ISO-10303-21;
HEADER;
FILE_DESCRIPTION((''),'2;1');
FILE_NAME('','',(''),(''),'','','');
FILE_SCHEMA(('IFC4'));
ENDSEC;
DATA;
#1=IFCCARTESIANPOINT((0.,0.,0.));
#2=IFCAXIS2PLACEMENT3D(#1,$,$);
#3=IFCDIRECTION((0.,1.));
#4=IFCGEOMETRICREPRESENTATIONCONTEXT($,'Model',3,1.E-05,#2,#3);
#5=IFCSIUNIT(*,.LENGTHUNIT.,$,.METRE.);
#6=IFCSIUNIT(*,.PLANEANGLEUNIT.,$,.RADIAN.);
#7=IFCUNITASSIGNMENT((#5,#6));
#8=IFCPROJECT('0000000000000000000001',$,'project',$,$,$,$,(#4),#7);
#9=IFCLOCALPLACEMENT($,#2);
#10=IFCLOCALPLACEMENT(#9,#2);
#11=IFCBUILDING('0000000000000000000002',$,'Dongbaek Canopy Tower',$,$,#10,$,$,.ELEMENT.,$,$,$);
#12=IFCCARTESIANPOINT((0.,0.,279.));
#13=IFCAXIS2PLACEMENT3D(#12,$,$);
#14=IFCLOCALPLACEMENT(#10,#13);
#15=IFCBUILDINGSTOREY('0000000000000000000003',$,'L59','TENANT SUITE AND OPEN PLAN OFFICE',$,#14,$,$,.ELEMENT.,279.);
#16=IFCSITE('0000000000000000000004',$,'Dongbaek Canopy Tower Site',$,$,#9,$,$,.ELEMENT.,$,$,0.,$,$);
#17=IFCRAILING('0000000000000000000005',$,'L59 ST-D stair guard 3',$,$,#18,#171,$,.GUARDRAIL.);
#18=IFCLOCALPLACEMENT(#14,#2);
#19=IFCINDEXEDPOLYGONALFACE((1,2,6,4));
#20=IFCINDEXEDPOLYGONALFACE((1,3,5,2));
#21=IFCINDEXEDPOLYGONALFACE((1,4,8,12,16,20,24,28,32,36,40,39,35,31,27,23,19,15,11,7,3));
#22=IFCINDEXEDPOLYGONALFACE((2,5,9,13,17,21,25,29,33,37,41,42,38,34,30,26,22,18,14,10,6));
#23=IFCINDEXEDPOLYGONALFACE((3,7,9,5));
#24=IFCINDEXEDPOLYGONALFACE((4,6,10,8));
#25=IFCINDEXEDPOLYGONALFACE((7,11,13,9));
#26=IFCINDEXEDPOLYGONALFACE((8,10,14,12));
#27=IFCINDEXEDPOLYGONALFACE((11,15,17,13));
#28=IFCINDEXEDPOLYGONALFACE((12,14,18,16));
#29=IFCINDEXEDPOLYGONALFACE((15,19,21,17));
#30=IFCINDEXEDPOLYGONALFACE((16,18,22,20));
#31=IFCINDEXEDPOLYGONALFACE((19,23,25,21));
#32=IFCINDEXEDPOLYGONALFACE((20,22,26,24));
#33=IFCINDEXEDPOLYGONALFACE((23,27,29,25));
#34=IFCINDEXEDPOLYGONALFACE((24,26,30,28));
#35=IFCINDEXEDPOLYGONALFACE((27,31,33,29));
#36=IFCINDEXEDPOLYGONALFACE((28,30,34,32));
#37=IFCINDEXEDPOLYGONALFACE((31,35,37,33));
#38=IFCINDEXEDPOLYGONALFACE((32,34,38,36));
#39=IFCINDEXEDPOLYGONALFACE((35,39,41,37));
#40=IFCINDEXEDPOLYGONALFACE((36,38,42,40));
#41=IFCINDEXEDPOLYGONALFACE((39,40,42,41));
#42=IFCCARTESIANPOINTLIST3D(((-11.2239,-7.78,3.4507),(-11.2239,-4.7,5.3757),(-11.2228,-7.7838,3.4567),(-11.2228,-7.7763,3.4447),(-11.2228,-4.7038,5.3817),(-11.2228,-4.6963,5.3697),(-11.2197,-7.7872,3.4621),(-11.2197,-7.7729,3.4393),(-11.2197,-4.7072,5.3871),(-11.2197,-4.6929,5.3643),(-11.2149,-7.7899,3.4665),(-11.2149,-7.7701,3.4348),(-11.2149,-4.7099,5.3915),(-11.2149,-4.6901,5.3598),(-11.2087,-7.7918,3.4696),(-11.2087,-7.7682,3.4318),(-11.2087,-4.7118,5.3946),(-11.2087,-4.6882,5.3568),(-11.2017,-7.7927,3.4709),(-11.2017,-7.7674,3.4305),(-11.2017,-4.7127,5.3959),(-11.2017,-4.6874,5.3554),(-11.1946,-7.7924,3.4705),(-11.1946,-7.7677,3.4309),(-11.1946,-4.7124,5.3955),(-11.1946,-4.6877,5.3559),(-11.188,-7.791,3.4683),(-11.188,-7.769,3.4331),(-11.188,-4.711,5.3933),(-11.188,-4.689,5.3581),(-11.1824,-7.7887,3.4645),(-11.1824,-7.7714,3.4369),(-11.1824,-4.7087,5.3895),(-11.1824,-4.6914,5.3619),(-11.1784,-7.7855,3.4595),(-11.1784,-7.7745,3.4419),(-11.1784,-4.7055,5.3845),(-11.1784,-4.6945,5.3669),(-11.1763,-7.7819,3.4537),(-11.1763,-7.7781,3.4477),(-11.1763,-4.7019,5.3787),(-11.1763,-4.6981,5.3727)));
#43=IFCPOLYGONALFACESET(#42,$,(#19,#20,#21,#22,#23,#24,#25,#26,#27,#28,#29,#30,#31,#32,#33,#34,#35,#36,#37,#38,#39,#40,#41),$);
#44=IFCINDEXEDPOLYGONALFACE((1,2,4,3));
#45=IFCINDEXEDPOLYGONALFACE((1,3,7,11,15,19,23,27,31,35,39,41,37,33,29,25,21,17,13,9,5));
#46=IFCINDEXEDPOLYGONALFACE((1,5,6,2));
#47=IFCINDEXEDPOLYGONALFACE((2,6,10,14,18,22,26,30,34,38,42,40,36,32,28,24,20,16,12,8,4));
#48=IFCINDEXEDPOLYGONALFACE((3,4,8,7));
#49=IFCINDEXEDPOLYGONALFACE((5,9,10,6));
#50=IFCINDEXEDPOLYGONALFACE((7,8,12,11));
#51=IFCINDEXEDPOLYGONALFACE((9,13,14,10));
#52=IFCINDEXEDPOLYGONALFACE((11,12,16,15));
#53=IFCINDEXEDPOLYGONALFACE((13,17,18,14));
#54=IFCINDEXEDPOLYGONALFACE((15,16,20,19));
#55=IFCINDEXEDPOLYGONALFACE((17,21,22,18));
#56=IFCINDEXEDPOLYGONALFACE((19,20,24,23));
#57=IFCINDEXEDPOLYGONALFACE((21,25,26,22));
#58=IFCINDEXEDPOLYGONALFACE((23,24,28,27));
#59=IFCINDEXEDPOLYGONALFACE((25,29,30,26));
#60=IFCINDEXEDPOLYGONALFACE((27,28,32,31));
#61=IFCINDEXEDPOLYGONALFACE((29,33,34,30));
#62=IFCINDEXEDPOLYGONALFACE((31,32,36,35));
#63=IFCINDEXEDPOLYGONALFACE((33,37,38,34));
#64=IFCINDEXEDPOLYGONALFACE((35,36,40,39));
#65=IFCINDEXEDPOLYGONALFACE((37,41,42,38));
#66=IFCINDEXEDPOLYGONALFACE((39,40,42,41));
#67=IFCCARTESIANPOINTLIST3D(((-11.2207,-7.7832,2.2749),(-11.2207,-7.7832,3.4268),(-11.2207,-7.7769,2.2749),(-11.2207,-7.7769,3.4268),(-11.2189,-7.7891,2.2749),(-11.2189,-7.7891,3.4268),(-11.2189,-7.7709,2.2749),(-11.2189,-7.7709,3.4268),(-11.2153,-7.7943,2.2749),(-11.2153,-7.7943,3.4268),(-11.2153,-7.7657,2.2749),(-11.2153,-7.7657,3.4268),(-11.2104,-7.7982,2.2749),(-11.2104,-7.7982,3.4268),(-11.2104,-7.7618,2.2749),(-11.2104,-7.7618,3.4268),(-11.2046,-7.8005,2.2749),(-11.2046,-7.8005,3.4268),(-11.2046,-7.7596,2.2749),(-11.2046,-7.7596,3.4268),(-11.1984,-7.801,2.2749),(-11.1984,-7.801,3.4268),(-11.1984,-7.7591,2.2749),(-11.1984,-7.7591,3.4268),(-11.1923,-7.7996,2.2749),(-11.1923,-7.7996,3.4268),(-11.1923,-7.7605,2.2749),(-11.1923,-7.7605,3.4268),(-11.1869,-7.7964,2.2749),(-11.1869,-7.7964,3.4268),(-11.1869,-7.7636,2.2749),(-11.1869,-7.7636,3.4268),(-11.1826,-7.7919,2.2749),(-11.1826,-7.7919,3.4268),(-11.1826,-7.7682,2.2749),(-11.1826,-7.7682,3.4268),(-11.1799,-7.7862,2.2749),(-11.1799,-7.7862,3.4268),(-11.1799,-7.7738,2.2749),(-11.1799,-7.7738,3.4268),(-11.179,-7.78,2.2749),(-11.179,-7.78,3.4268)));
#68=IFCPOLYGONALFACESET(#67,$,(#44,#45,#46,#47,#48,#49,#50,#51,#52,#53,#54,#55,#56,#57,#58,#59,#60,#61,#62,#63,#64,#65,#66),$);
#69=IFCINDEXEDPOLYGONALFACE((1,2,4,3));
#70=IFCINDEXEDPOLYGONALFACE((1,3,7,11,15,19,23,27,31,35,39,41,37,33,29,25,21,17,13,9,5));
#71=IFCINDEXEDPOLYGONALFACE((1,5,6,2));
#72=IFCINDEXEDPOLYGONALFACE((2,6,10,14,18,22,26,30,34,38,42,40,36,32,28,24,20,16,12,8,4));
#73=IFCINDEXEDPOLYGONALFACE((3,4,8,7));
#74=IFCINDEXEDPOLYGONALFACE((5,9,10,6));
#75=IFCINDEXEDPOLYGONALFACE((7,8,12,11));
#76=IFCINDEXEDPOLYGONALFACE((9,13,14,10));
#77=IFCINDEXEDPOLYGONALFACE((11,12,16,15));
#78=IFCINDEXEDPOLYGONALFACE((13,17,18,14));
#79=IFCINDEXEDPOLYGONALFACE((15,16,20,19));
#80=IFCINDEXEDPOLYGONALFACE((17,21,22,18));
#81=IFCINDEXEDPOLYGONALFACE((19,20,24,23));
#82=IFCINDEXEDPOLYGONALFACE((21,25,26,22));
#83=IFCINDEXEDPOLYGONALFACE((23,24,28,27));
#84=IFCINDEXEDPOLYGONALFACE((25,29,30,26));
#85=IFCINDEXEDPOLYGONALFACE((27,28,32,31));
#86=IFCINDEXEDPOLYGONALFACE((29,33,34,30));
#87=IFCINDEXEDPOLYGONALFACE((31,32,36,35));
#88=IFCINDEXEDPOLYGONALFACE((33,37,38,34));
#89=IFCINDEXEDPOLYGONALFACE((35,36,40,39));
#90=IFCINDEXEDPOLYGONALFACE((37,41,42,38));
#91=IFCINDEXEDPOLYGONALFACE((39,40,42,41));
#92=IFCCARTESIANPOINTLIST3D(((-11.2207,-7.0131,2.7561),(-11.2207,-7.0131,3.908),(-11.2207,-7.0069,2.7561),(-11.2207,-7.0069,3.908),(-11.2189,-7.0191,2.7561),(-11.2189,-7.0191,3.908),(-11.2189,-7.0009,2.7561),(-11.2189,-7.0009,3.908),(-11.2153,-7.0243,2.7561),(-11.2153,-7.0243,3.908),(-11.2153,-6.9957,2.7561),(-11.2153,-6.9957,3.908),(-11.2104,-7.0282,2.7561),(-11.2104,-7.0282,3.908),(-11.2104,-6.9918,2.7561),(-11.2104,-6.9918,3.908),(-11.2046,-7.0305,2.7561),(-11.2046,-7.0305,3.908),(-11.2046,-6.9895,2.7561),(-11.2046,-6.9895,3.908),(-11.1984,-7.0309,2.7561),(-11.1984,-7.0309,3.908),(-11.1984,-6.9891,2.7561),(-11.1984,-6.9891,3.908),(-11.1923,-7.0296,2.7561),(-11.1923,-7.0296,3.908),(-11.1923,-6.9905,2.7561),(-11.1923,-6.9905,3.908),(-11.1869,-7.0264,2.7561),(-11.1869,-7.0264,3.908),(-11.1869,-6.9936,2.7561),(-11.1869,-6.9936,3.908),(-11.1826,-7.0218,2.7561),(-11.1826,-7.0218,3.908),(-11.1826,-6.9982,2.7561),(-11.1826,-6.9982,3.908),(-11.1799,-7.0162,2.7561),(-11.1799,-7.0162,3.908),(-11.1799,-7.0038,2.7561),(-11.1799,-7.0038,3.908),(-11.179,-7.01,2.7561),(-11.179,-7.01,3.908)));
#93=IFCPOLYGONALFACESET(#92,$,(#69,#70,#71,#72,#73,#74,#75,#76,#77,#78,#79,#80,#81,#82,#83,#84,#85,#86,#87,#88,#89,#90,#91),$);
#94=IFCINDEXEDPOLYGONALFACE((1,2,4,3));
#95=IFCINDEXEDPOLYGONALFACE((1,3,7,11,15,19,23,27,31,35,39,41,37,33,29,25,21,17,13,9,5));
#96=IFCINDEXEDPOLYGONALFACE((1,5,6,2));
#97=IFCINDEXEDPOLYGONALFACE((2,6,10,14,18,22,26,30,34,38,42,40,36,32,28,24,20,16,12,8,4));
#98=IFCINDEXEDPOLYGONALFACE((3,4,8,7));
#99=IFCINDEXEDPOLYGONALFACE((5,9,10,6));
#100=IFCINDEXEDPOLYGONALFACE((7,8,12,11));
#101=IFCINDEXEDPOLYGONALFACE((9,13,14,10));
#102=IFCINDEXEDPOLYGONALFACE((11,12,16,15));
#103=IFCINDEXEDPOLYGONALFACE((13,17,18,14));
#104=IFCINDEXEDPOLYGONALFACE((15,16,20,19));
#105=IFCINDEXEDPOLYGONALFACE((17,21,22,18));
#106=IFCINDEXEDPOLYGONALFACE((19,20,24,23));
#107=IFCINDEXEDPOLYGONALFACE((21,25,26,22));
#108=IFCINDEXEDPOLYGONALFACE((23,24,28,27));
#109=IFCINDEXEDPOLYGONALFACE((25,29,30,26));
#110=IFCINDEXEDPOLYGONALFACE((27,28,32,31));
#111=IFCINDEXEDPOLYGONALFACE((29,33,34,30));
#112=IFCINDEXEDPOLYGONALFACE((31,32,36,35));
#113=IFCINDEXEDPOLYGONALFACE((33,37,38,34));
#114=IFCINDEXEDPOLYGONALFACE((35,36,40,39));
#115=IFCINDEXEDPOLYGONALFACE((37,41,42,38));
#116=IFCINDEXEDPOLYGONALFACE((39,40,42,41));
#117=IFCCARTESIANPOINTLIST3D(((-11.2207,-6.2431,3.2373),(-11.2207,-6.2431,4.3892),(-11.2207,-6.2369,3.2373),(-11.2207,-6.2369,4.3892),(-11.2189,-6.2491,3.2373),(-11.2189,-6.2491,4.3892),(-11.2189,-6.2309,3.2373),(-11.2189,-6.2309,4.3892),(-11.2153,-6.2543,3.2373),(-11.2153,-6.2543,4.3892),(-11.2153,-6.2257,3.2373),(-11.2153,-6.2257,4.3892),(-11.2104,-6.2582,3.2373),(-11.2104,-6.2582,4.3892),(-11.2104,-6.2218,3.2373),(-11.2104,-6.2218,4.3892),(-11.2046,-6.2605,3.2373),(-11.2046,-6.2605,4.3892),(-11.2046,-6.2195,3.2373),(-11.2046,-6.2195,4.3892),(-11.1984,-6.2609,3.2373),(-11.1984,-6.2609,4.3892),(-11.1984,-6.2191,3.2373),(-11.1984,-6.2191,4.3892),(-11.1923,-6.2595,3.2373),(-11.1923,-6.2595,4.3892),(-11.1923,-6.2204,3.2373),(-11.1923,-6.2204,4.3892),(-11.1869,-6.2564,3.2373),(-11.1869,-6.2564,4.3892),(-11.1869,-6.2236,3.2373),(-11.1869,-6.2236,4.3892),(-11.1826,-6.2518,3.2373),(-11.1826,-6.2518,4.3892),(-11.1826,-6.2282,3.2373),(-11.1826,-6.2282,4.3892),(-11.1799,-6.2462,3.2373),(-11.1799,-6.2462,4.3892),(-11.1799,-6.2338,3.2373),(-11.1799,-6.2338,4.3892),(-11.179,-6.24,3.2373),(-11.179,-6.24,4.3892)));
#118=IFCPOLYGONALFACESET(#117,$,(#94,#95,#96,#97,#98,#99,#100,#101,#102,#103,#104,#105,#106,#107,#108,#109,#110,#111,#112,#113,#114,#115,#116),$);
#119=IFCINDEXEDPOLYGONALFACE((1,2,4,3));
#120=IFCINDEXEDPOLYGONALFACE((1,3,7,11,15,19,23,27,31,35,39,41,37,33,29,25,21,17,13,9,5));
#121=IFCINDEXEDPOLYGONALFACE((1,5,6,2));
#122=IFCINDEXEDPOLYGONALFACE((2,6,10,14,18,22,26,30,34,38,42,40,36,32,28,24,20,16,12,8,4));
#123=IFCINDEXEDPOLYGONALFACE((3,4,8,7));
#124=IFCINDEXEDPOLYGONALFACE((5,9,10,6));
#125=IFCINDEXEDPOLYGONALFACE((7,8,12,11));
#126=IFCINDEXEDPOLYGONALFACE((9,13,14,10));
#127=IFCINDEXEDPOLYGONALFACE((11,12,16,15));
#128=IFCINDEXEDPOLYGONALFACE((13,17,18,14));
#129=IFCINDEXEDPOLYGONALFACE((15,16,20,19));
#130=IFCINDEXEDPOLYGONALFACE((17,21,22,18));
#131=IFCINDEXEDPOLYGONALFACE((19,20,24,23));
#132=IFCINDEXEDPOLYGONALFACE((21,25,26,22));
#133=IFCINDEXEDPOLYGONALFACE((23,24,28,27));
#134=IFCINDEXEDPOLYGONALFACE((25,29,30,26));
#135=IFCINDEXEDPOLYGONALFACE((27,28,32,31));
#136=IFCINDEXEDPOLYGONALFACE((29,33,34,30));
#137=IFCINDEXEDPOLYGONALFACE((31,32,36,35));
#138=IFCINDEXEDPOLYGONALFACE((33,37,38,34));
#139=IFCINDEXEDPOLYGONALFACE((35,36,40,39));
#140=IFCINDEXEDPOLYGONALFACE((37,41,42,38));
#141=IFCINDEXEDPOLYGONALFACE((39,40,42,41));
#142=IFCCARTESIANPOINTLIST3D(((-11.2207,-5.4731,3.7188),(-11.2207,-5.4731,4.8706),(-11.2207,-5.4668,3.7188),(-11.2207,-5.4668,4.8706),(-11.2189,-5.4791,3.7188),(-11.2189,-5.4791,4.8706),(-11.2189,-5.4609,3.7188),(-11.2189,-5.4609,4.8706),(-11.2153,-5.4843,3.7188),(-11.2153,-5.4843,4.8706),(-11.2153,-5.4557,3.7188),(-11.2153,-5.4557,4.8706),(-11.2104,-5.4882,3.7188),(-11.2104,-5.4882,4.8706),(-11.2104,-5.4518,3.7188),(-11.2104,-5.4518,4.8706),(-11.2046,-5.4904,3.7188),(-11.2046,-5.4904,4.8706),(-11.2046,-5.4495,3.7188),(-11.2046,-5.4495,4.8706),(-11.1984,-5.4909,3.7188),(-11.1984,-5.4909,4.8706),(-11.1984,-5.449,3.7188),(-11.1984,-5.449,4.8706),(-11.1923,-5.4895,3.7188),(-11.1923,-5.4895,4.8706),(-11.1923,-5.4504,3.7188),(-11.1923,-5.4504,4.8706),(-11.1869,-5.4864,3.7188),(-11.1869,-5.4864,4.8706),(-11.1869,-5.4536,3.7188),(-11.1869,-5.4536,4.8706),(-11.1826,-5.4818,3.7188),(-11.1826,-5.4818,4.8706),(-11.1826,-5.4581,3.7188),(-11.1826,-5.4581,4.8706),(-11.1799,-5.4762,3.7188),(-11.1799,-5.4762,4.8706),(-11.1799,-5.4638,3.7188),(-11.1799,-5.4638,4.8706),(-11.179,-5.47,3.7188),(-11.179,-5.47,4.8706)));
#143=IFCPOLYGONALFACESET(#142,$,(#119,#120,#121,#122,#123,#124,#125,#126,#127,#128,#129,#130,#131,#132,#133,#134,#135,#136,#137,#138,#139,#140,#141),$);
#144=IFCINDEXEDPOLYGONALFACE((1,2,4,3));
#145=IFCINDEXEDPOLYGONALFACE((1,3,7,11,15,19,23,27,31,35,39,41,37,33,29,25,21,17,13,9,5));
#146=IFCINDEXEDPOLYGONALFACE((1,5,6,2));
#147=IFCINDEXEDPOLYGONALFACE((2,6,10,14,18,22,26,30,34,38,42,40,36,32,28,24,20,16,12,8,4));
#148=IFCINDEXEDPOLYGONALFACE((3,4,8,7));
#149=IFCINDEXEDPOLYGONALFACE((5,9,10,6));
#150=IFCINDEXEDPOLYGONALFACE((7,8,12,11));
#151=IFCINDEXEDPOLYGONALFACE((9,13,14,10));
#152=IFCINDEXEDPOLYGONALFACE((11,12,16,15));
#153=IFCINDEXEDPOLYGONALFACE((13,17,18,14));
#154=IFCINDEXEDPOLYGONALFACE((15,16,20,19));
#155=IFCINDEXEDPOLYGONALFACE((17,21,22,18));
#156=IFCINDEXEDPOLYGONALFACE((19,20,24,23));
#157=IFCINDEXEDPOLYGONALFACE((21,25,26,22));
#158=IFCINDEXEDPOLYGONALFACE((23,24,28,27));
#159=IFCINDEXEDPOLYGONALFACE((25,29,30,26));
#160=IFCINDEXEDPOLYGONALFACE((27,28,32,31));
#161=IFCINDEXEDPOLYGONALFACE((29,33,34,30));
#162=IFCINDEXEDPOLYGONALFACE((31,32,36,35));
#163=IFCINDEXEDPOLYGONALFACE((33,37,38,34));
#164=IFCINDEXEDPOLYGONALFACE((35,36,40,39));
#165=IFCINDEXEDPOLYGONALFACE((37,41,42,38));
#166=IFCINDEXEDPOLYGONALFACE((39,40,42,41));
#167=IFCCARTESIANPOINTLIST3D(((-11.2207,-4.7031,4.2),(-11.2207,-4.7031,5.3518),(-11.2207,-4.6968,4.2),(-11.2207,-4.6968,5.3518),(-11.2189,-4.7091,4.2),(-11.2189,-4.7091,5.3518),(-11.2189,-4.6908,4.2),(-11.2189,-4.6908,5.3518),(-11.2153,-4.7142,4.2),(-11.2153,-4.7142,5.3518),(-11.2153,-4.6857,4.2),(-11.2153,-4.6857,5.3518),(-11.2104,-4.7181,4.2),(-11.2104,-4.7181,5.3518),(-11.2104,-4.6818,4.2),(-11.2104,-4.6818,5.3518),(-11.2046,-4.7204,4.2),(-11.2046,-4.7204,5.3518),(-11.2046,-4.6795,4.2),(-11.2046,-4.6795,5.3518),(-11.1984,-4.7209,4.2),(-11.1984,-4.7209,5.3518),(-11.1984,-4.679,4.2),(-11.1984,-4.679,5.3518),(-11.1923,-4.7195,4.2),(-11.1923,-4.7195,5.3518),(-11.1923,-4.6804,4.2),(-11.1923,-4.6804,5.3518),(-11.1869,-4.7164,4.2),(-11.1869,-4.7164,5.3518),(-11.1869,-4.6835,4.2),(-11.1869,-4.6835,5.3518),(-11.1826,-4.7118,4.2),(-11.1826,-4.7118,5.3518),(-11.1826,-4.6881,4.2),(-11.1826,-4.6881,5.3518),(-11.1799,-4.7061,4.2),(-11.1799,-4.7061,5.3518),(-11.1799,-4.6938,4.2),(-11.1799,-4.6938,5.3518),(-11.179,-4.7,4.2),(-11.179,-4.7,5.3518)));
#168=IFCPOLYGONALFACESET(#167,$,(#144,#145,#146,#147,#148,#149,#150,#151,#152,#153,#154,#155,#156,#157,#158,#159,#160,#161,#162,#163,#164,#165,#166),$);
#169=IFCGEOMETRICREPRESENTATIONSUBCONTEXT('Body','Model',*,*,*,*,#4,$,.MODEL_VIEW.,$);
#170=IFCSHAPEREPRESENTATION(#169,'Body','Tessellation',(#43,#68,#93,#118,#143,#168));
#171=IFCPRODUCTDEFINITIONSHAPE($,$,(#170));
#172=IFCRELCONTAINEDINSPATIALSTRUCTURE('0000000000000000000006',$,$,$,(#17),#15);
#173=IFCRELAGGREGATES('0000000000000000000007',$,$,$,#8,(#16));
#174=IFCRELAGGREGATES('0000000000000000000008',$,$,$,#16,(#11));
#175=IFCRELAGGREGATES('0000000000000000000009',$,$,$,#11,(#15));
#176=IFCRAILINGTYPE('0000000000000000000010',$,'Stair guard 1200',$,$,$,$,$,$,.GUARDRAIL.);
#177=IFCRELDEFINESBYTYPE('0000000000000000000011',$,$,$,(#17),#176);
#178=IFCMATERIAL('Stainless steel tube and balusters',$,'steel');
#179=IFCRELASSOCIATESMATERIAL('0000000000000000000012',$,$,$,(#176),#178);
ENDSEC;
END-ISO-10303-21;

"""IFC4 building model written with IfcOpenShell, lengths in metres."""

from ifc_helpers import new_model, si_unit, direction, frame, origin, origin_2d, place, context, subcontext, project, spatial, circle, extrude, material, type_object, element, save


model = new_model("IFC4")

# Units and contexts
model_context = context("Model", 3, precision=1e-05, world=origin(), true_north=direction((0.0, 1.0)))
body_context = subcontext(model_context, "Body", "Model", "MODEL_VIEW")
ifc_project = project(units=[si_unit("LENGTHUNIT", "METRE"), si_unit("PLANEANGLEUNIT", "RADIAN")], contexts=[model_context])

# Site, building, storey
site_placement = place(None, origin())
site = spatial("IfcSite", under=ifc_project, at=site_placement, Name="Dongbaek Canopy Tower Site", CompositionType="ELEMENT", RefElevation=0.0)
building_placement = place(site_placement, origin())
building = spatial("IfcBuilding", under=site, at=building_placement, Name="Dongbaek Canopy Tower", CompositionType="ELEMENT")
storey_placement = place(building_placement, frame((0.0, 0.0, 279.0)))
storey = spatial("IfcBuildingStorey", under=building, at=storey_placement, Name="L59", Description="TENANT SUITE AND OPEN PLAN OFFICE", CompositionType="ELEMENT", Elevation=279.0)

# Railing
ifc_material_1 = material(Name="Stainless steel tube and balusters", Category="steel")
railing_type_1 = type_object("IfcRailingType", Name="Stair guard 1200", PredefinedType="GUARDRAIL", material=ifc_material_1)
railing_1_placement = place(storey_placement, frame((-11.2, -7.78, 2.2749)))
element("IfcRailing", 1, at=railing_1_placement, inside=storey, type_object=railing_type_1, Name="L59 ST-D stair guard 3", PredefinedType="GUARDRAIL", context=body_context, shape_type="SweptSolid", body=[
    extrude(circle(Radius=0.0239, at=origin_2d()), frame((0.0, 0.0, 1.1758), z_axis=(0.0, 0.847998, 0.529999), x_axis=(-1.0, 0.0, 0.0)), (0.0, 0.0, 1.0), 3.6321),
    extrude(circle(Radius=0.021, at=origin_2d()), origin(), (0.0, 0.0, 1.0), 1.1519),
    extrude(circle(Radius=0.021, at=origin_2d()), frame((0.0, 0.77, 0.4812)), (0.0, 0.0, 1.0), 1.1519),
    extrude(circle(Radius=0.021, at=origin_2d()), frame((0.0, 1.54, 0.9624)), (0.0, 0.0, 1.0), 1.1519),
    extrude(circle(Radius=0.021, at=origin_2d()), frame((0.0, 2.3101, 1.4438)), (0.0, 0.0, 1.0), 1.1519),
    extrude(circle(Radius=0.021, at=origin_2d()), frame((0.0, 3.0801, 1.925)), (0.0, 0.0, 1.0), 1.1519),
])

save(model, "model.ifc")
